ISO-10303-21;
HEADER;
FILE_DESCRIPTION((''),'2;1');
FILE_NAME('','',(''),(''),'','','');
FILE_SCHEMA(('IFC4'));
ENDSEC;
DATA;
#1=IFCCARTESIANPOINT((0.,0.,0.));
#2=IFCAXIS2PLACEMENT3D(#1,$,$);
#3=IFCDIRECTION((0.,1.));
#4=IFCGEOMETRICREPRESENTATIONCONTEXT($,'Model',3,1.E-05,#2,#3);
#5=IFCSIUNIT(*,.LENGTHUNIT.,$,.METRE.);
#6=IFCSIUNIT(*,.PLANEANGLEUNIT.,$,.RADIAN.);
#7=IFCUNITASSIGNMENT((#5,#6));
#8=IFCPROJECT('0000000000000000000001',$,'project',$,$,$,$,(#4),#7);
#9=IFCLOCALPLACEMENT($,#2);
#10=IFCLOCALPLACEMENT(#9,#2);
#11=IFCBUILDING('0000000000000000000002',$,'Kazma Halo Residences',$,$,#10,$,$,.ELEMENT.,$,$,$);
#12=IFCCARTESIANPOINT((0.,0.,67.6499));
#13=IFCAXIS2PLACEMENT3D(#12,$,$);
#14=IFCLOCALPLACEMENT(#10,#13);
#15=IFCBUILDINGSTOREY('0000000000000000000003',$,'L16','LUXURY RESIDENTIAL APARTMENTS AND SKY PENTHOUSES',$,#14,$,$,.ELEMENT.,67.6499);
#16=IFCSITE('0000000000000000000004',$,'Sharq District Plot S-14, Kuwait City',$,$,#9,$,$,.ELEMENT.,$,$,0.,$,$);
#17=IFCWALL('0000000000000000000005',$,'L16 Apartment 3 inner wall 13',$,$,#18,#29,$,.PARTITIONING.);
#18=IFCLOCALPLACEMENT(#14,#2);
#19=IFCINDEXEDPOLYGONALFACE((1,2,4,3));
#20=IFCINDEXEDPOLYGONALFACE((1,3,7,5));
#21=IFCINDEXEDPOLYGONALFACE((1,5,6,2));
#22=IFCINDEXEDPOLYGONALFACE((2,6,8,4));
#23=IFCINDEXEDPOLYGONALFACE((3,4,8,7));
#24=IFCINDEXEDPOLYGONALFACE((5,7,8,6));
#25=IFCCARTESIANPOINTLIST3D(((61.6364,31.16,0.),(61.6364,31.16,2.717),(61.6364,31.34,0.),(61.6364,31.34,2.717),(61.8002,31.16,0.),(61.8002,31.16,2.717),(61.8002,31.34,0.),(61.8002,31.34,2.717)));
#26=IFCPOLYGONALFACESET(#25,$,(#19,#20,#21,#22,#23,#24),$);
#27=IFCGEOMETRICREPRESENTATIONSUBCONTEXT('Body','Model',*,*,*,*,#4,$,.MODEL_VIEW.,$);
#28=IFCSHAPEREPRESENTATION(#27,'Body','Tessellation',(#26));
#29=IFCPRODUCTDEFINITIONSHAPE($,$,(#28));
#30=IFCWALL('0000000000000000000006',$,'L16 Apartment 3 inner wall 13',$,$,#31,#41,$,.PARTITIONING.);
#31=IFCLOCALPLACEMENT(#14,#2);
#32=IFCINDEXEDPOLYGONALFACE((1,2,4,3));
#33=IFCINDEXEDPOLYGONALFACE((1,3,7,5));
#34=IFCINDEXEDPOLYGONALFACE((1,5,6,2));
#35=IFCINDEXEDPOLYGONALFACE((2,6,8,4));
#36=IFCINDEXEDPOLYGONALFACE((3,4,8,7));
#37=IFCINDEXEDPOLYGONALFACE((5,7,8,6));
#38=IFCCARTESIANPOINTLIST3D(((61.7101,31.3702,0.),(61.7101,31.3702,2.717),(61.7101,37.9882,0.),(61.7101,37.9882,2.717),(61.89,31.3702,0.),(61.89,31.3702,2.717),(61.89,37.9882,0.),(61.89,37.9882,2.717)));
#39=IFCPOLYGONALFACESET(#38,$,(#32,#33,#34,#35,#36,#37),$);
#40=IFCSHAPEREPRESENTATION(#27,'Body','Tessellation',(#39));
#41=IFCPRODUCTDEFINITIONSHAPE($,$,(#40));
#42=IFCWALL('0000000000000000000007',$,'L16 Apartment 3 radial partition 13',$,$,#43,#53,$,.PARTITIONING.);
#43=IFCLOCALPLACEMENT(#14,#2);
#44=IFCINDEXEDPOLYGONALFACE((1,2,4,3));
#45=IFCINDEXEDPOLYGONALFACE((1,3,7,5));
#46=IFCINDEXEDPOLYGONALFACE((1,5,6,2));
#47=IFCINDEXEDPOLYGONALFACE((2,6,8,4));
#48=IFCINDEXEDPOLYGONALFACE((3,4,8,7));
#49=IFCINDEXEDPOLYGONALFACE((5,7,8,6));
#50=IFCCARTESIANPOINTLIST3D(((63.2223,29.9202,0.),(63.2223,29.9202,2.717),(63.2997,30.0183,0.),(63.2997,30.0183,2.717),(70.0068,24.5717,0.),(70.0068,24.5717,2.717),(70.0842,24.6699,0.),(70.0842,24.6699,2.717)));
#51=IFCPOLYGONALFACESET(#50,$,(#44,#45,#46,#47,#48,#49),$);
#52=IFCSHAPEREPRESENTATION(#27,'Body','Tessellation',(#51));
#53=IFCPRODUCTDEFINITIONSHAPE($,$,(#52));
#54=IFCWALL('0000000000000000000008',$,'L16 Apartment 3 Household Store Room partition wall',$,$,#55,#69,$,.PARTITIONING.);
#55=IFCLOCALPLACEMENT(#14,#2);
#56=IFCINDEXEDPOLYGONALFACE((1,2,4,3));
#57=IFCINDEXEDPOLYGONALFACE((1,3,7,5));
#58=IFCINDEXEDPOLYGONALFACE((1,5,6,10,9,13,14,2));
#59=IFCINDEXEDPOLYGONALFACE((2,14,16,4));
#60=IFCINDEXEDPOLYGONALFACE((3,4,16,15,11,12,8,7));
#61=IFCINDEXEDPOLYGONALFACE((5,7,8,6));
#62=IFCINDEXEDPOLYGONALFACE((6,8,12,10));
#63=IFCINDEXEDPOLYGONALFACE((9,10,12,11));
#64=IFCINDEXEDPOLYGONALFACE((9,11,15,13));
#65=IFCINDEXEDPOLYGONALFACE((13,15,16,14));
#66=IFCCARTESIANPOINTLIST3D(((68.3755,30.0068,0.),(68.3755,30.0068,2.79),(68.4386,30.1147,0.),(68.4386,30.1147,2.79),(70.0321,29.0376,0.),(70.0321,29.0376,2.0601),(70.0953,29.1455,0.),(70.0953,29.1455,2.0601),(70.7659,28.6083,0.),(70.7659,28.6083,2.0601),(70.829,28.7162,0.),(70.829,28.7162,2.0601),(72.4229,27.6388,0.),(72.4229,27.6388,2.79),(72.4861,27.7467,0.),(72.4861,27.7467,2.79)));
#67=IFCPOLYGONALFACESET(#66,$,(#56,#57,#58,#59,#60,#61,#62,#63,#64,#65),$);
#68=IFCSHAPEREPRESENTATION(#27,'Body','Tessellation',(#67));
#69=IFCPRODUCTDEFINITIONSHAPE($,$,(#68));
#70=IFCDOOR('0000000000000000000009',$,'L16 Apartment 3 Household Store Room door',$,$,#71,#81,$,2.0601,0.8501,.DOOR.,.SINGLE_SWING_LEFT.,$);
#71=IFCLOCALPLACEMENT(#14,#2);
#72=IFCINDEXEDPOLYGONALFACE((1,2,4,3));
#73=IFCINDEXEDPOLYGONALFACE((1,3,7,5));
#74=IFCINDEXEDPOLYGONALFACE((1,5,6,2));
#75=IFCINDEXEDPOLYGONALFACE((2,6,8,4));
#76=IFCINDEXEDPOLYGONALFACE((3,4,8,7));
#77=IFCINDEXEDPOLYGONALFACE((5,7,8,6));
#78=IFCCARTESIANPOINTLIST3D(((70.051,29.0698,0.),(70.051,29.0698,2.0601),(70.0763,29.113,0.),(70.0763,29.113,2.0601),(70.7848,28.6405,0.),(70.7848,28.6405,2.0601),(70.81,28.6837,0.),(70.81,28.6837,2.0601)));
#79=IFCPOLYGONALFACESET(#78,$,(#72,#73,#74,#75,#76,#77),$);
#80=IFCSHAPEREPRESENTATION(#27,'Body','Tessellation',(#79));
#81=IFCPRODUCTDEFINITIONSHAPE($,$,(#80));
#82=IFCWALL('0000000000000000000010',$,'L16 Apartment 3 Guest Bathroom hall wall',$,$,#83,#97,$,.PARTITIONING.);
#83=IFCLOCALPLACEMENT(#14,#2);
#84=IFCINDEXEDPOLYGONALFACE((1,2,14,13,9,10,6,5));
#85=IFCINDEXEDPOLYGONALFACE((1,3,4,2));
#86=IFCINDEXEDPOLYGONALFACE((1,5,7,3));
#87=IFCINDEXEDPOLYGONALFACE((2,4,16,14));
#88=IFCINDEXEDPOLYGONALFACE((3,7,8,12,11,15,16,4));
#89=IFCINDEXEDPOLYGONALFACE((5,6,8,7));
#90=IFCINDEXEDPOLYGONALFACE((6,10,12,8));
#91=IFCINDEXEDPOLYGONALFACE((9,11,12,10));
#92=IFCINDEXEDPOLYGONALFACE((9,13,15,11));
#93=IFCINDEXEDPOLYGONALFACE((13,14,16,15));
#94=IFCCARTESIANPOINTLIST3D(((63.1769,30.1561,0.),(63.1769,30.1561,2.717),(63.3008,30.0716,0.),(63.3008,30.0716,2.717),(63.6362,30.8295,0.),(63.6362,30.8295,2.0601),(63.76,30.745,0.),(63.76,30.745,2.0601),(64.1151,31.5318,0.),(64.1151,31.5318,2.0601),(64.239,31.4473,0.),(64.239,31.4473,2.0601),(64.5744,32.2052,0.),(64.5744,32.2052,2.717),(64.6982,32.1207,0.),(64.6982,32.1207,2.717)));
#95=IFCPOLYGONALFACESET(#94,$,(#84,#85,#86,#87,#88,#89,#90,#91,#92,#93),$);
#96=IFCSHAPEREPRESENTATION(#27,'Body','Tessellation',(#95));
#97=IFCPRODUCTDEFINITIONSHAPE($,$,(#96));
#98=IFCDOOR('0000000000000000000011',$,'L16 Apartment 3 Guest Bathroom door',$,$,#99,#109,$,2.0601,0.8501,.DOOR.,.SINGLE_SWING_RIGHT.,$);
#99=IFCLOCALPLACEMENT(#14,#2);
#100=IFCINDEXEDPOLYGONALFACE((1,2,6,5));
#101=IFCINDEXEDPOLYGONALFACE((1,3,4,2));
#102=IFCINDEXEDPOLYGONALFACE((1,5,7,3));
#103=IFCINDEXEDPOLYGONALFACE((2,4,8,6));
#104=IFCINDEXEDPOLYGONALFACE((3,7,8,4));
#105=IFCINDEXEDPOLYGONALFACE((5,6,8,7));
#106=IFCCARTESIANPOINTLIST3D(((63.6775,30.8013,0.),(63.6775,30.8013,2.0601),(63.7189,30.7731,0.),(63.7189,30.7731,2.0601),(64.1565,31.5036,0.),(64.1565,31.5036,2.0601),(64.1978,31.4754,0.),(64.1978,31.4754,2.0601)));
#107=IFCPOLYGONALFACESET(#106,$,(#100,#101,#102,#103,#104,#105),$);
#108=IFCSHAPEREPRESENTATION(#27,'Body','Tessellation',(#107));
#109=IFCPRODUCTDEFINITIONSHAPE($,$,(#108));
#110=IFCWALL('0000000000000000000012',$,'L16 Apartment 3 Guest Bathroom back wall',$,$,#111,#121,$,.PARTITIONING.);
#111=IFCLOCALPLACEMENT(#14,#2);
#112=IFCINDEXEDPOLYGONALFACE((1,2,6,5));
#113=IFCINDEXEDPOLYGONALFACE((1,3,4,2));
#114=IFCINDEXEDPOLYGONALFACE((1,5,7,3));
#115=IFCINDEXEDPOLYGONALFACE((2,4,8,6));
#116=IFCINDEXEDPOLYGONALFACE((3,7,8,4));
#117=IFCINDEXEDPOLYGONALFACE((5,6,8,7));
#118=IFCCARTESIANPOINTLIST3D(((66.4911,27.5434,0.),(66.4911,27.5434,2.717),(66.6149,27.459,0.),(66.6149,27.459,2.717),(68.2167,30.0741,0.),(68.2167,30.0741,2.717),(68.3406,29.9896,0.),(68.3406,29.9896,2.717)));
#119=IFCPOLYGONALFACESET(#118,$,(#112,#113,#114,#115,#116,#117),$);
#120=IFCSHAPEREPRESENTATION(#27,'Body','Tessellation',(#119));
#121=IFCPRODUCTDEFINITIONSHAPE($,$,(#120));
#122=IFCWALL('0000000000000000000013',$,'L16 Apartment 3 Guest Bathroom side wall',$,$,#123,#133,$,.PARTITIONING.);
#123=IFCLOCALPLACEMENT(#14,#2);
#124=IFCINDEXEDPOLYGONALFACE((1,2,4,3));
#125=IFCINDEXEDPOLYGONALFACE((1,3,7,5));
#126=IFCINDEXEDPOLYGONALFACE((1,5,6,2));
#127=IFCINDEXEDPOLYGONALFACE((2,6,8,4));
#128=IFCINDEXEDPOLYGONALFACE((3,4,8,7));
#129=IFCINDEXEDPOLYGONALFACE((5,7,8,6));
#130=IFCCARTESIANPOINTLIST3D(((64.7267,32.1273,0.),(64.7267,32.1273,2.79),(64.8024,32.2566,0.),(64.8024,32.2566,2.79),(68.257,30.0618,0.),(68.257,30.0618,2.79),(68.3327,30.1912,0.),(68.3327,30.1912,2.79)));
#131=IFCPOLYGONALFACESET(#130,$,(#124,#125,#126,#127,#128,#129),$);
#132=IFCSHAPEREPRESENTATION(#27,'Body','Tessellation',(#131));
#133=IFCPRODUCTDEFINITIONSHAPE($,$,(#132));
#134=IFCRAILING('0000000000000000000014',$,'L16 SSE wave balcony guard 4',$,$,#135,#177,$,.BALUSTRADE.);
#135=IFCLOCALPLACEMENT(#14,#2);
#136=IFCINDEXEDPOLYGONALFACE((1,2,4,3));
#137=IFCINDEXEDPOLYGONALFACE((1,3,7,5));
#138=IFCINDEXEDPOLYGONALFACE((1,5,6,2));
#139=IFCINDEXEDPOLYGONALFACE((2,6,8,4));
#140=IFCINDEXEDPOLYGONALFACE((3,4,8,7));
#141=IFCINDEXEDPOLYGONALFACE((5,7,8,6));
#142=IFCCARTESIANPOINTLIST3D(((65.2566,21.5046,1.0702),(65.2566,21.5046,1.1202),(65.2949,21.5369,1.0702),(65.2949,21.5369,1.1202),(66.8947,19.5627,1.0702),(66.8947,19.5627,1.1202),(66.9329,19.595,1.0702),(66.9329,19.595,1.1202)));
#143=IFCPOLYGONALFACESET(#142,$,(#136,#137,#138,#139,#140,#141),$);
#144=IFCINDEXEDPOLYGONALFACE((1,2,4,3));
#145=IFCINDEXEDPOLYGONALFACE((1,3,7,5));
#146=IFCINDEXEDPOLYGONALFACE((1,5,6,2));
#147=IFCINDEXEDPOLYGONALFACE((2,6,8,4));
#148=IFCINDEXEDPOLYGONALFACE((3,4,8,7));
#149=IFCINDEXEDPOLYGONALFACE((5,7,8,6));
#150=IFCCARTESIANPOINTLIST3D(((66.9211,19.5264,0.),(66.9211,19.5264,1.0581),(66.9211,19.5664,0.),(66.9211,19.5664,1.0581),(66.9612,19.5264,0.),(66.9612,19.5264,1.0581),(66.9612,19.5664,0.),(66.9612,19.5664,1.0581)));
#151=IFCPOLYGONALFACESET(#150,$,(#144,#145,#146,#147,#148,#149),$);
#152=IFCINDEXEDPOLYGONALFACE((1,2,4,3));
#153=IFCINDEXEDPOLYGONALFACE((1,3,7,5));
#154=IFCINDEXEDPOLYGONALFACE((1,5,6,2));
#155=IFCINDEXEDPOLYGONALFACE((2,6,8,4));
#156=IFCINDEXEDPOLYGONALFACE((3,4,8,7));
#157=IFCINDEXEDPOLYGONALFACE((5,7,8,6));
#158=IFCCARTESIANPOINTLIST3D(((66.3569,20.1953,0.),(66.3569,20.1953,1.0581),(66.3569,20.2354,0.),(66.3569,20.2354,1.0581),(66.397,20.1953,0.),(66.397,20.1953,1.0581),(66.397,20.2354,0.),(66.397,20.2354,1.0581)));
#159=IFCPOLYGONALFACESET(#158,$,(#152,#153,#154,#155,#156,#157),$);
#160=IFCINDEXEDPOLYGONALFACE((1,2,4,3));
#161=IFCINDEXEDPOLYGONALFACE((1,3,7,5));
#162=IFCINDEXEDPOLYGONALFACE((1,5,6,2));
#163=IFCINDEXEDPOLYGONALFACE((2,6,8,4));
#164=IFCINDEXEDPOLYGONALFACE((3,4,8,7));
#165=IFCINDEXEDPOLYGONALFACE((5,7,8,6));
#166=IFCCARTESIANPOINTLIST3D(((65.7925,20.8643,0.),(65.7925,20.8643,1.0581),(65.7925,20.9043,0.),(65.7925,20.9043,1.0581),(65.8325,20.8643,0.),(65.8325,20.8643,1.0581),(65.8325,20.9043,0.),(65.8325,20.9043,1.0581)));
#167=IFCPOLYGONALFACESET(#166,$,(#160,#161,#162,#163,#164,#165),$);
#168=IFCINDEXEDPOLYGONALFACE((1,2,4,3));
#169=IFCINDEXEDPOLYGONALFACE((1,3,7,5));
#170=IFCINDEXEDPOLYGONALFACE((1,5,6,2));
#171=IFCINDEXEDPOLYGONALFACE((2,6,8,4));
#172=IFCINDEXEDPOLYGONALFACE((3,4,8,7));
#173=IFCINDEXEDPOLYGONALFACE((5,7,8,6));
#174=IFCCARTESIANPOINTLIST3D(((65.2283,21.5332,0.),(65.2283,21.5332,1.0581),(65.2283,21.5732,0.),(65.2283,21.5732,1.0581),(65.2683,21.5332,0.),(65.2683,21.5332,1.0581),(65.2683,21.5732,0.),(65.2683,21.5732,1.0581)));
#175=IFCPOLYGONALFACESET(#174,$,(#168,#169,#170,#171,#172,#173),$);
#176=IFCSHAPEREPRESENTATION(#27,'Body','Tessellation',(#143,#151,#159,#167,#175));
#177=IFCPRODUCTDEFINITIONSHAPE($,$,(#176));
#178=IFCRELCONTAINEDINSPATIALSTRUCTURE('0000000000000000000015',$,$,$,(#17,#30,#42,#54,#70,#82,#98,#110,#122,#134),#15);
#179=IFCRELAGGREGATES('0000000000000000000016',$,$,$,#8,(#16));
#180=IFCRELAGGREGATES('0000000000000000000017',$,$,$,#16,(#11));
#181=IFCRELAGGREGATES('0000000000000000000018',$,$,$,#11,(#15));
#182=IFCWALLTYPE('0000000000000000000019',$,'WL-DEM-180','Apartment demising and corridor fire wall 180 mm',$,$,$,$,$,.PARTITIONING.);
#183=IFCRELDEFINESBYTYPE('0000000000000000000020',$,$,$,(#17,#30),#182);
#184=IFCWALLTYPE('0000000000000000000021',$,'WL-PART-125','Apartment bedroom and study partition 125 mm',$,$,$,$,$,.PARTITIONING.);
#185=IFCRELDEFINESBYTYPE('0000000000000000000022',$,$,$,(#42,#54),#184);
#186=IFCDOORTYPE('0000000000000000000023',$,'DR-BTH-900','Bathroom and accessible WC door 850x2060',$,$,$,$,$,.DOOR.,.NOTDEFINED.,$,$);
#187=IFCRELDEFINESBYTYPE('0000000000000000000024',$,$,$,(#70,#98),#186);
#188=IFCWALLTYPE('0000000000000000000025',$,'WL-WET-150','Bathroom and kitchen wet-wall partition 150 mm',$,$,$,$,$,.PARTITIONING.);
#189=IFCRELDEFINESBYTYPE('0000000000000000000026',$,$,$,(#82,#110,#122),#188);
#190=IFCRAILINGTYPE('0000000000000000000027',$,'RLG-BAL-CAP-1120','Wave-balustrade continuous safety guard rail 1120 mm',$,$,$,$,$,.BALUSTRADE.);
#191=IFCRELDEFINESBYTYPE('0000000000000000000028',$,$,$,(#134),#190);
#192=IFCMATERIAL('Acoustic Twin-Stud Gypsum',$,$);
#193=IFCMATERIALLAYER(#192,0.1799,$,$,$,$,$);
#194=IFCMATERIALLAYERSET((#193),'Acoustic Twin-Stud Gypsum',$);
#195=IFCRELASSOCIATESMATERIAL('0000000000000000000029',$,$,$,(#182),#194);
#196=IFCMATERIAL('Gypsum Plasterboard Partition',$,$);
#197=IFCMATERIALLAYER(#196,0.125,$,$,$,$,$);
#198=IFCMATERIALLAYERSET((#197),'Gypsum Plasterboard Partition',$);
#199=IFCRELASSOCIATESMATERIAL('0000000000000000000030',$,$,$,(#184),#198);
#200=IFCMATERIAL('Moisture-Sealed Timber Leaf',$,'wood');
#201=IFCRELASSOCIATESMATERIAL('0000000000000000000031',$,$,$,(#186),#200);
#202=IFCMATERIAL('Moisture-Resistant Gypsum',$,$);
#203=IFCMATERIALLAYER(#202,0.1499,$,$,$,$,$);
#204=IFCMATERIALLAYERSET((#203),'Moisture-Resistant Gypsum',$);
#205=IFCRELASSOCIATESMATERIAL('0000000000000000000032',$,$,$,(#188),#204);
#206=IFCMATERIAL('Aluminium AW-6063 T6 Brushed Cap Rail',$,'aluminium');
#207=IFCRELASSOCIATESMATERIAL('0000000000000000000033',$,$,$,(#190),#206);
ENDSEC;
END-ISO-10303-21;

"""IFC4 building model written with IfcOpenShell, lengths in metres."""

from ifc_helpers import new_model, si_unit, direction, frame, frame_2d, origin, origin_2d, place, context, subcontext, project, spatial, rectangle, extrude, material, layer, layer_set, type_object, element, fill, save


model = new_model("IFC4")

# Units and contexts
model_context = context("Model", 3, precision=1e-05, world=origin(), true_north=direction((0.0, 1.0)))
body_context = subcontext(model_context, "Body", "Model", "MODEL_VIEW")
ifc_project = project(units=[si_unit("LENGTHUNIT", "METRE"), si_unit("PLANEANGLEUNIT", "RADIAN")], contexts=[model_context])

# Site, building, storey
site_placement = place(None, origin())
site = spatial("IfcSite", under=ifc_project, at=site_placement, Name="Sharq District Plot S-14, Kuwait City", CompositionType="ELEMENT", RefElevation=0.0)
building_placement = place(site_placement, origin())
building = spatial("IfcBuilding", under=site, at=building_placement, Name="Kazma Halo Residences", CompositionType="ELEMENT")
storey_placement = place(building_placement, frame((0.0, 0.0, 67.6499)))
storey = spatial("IfcBuildingStorey", under=building, at=storey_placement, Name="L16", Description="LUXURY RESIDENTIAL APARTMENTS AND SKY PENTHOUSES", CompositionType="ELEMENT", Elevation=67.6499)

# Walls
ifc_material_1 = material(Name="Acoustic Twin-Stud Gypsum")
ifc_layer_1 = layer(ifc_material_1, 0.1799)
ifc_layer_set_1 = layer_set([ifc_layer_1], Name="Acoustic Twin-Stud Gypsum")
wall_type_1 = type_object("IfcWallType", Name="WL-DEM-180", Description="Apartment demising and corridor fire wall 180 mm", PredefinedType="PARTITIONING", material=ifc_layer_set_1)
wall_1_placement = place(storey_placement, frame((61.6362, 31.25, 0.0), z_axis=(0.0, 0.0, 1.0), x_axis=(1.0, 0.0, 0.0)))
element("IfcWall", 1, at=wall_1_placement, inside=storey, type_object=wall_type_1, Name="L16 Apartment 3 inner wall 13", PredefinedType="PARTITIONING", context=body_context, shape_type="SweptSolid", body=[
    extrude(rectangle(XDim=0.1638, YDim=0.1799, at=frame_2d((0.082, 0.0))), origin(), (0.0, 0.0, 1.0), 2.717),
])
wall_2_placement = place(storey_placement, frame((61.8, 31.3701, 0.0), z_axis=(0.0, 0.0, 1.0), x_axis=(0.0, 1.0, 0.0)))
element("IfcWall", 2, at=wall_2_placement, inside=storey, type_object=wall_type_1, Name="L16 Apartment 3 inner wall 13", PredefinedType="PARTITIONING", context=body_context, shape_type="SweptSolid", body=[
    extrude(rectangle(XDim=6.6179, YDim=0.1799, at=frame_2d((3.3091, 0.0))), origin(), (0.0, 0.0, 1.0), 2.717),
])

# Wall
ifc_material_2 = material(Name="Gypsum Plasterboard Partition")
ifc_layer_2 = layer(ifc_material_2, 0.125)
ifc_layer_set_2 = layer_set([ifc_layer_2], Name="Gypsum Plasterboard Partition")
wall_type_2 = type_object("IfcWallType", Name="WL-PART-125", Description="Apartment bedroom and study partition 125 mm", PredefinedType="PARTITIONING", material=ifc_layer_set_2)
wall_3_placement = place(storey_placement, frame((63.261, 29.9692, 0.0), z_axis=(0.0, 0.0, 1.0), x_axis=(0.785318, -0.619093, 0.0)))
element("IfcWall", 3, at=wall_3_placement, inside=storey, type_object=wall_type_2, Name="L16 Apartment 3 radial partition 13", PredefinedType="PARTITIONING", context=body_context, shape_type="SweptSolid", body=[
    extrude(rectangle(XDim=8.6392, YDim=0.125, at=frame_2d((4.3196, 0.0))), origin(), (0.0, 0.0, 1.0), 2.717),
])

# Walls, openings, doors
wall_4_placement = place(storey_placement, frame((68.407, 30.0608, 0.0), z_axis=(0.0, 0.0, 1.0), x_axis=(0.863132, -0.504978, 0.0)))
wall_4 = element("IfcWall", 4, at=wall_4_placement, inside=storey, type_object=wall_type_2, Name="L16 Apartment 3 Household Store Room partition wall", PredefinedType="PARTITIONING", context=body_context, shape_type="SweptSolid", body=[
    extrude(rectangle(XDim=4.6892, YDim=0.125, at=frame_2d((2.3447, 0.0))), origin(), (0.0, 0.0, 1.0), 2.79),
])
opening_1_placement = place(wall_4_placement, frame((1.9194, 0.0, 0.0)))
opening_1 = element("IfcOpeningElement", 5, at=opening_1_placement, cuts=wall_4, PredefinedType="OPENING", context=body_context, shape_type="SweptSolid", body=[
    extrude(rectangle(XDim=0.8501, YDim=2.0601, at=frame_2d((0.425, 1.03))), frame((0.0, 0.0725, 0.0), z_axis=(0.0, -1.0, 0.0), x_axis=(1.0, 0.0, 0.0)), (0.0, 0.0, 1.0), 0.145),
])
ifc_material_3 = material(Name="Moisture-Sealed Timber Leaf", Category="wood")
door_type_1 = type_object("IfcDoorType", Name="DR-BTH-900", Description="Bathroom and accessible WC door 850x2060", OperationType="NOTDEFINED", PredefinedType="DOOR", material=ifc_material_3)
door_1_placement = place(opening_1_placement, origin())
door_1 = element("IfcDoor", 6, at=door_1_placement, inside=storey, type_object=door_type_1, Name="L16 Apartment 3 Household Store Room door", OperationType="SINGLE_SWING_LEFT", OverallHeight=2.0601, OverallWidth=0.8501, PredefinedType="DOOR", context=body_context, shape_type="SweptSolid", body=[
    extrude(rectangle(XDim=0.8501, YDim=2.0601, at=frame_2d((0.425, 1.03))), frame((0.0, 0.0249, 0.0), z_axis=(0.0, -1.0, 0.0), x_axis=(1.0, 0.0, 0.0)), (0.0, 0.0, 1.0), 0.05),
])
fill(opening_1, door_1)
ifc_material_4 = material(Name="Moisture-Resistant Gypsum")
ifc_layer_3 = layer(ifc_material_4, 0.1499)
ifc_layer_set_3 = layer_set([ifc_layer_3], Name="Moisture-Resistant Gypsum")
wall_type_3 = type_object("IfcWallType", Name="WL-WET-150", Description="Bathroom and kitchen wet-wall partition 150 mm", PredefinedType="PARTITIONING", material=ifc_layer_set_3)
wall_5_placement = place(storey_placement, frame((63.2388, 30.1138, 0.0), z_axis=(0.0, 0.0, 1.0), x_axis=(0.563438, 0.826159, 0.0)))
wall_5 = element("IfcWall", 7, at=wall_5_placement, inside=storey, type_object=wall_type_3, Name="L16 Apartment 3 Guest Bathroom hall wall", PredefinedType="PARTITIONING", context=body_context, shape_type="SweptSolid", body=[
    extrude(rectangle(XDim=2.4802, YDim=0.1499, at=frame_2d((1.2402, 0.0))), origin(), (0.0, 0.0, 1.0), 2.717),
])
opening_2_placement = place(wall_5_placement, frame((0.8152, 0.0, 0.0)))
opening_2 = element("IfcOpeningElement", 8, at=opening_2_placement, cuts=wall_5, PredefinedType="OPENING", context=body_context, shape_type="SweptSolid", body=[
    extrude(rectangle(XDim=0.8501, YDim=2.0601, at=frame_2d((0.425, 1.03))), frame((0.0, 0.085, 0.0), z_axis=(0.0, -1.0, 0.0), x_axis=(1.0, 0.0, 0.0)), (0.0, 0.0, 1.0), 0.1699),
])
door_2_placement = place(opening_2_placement, origin())
door_2 = element("IfcDoor", 9, at=door_2_placement, inside=storey, type_object=door_type_1, Name="L16 Apartment 3 Guest Bathroom door", OperationType="SINGLE_SWING_RIGHT", OverallHeight=2.0601, OverallWidth=0.8501, PredefinedType="DOOR", context=body_context, shape_type="SweptSolid", body=[
    extrude(rectangle(XDim=0.8501, YDim=2.0601, at=frame_2d((0.425, 1.03))), frame((0.0, 0.0249, 0.0), z_axis=(0.0, -1.0, 0.0), x_axis=(1.0, 0.0, 0.0)), (0.0, 0.0, 1.0), 0.05),
])
fill(opening_2, door_2)

# Walls
wall_6_placement = place(storey_placement, frame((66.553, 27.5012, 0.0), z_axis=(0.0, 0.0, 1.0), x_axis=(0.563389, 0.826192, 0.0)))
element("IfcWall", 10, at=wall_6_placement, inside=storey, type_object=wall_type_3, Name="L16 Apartment 3 Guest Bathroom back wall", PredefinedType="PARTITIONING", context=body_context, shape_type="SweptSolid", body=[
    extrude(rectangle(XDim=3.063, YDim=0.1499, at=frame_2d((1.5315, 0.0))), origin(), (0.0, 0.0, 1.0), 2.717),
])
wall_7_placement = place(storey_placement, frame((64.7646, 32.1919, 0.0), z_axis=(0.0, 0.0, 1.0), x_axis=(0.863129, -0.504984, 0.0)))
element("IfcWall", 11, at=wall_7_placement, inside=storey, type_object=wall_type_3, Name="L16 Apartment 3 Guest Bathroom side wall", PredefinedType="PARTITIONING", context=body_context, shape_type="SweptSolid", body=[
    extrude(rectangle(XDim=4.0901, YDim=0.1499, at=frame_2d((2.0449, 0.0))), origin(), (0.0, 0.0, 1.0), 2.79),
])

# Railing
ifc_material_5 = material(Name="Aluminium AW-6063 T6 Brushed Cap Rail", Category="aluminium")
railing_type = type_object("IfcRailingType", Name="RLG-BAL-CAP-1120", Description="Wave-balustrade continuous safety guard rail 1120 mm", PredefinedType="BALUSTRADE", material=ifc_material_5)
railing_1_placement = place(storey_placement, frame((66.9412, 19.5464, 0.0)))
element("IfcRailing", 12, at=railing_1_placement, inside=storey, type_object=railing_type, Name="L16 SSE wave balcony guard 4", PredefinedType="BALUSTRADE", context=body_context, shape_type="SweptSolid", body=[
    extrude(rectangle(XDim=0.05, YDim=0.05, at=origin_2d()), frame((-0.0273, 0.0325, 1.0952), z_axis=(-0.644783, 0.764366, 0.0), x_axis=(-0.764366, -0.644783, 0.0)), (0.0, 0.0, 1.0), 2.5405),
    extrude(rectangle(XDim=0.04, YDim=0.04, at=origin_2d()), origin(), (0.0, 0.0, 1.0), 1.0581),
    extrude(rectangle(XDim=0.04, YDim=0.04, at=origin_2d()), frame((-0.5642, 0.6689, 0.0)), (0.0, 0.0, 1.0), 1.0581),
    extrude(rectangle(XDim=0.04, YDim=0.04, at=origin_2d()), frame((-1.1287, 1.3379, 0.0)), (0.0, 0.0, 1.0), 1.0581),
    extrude(rectangle(XDim=0.04, YDim=0.04, at=origin_2d()), frame((-1.6929, 2.0068, 0.0)), (0.0, 0.0, 1.0), 1.0581),
])

save(model, "model.ifc")
